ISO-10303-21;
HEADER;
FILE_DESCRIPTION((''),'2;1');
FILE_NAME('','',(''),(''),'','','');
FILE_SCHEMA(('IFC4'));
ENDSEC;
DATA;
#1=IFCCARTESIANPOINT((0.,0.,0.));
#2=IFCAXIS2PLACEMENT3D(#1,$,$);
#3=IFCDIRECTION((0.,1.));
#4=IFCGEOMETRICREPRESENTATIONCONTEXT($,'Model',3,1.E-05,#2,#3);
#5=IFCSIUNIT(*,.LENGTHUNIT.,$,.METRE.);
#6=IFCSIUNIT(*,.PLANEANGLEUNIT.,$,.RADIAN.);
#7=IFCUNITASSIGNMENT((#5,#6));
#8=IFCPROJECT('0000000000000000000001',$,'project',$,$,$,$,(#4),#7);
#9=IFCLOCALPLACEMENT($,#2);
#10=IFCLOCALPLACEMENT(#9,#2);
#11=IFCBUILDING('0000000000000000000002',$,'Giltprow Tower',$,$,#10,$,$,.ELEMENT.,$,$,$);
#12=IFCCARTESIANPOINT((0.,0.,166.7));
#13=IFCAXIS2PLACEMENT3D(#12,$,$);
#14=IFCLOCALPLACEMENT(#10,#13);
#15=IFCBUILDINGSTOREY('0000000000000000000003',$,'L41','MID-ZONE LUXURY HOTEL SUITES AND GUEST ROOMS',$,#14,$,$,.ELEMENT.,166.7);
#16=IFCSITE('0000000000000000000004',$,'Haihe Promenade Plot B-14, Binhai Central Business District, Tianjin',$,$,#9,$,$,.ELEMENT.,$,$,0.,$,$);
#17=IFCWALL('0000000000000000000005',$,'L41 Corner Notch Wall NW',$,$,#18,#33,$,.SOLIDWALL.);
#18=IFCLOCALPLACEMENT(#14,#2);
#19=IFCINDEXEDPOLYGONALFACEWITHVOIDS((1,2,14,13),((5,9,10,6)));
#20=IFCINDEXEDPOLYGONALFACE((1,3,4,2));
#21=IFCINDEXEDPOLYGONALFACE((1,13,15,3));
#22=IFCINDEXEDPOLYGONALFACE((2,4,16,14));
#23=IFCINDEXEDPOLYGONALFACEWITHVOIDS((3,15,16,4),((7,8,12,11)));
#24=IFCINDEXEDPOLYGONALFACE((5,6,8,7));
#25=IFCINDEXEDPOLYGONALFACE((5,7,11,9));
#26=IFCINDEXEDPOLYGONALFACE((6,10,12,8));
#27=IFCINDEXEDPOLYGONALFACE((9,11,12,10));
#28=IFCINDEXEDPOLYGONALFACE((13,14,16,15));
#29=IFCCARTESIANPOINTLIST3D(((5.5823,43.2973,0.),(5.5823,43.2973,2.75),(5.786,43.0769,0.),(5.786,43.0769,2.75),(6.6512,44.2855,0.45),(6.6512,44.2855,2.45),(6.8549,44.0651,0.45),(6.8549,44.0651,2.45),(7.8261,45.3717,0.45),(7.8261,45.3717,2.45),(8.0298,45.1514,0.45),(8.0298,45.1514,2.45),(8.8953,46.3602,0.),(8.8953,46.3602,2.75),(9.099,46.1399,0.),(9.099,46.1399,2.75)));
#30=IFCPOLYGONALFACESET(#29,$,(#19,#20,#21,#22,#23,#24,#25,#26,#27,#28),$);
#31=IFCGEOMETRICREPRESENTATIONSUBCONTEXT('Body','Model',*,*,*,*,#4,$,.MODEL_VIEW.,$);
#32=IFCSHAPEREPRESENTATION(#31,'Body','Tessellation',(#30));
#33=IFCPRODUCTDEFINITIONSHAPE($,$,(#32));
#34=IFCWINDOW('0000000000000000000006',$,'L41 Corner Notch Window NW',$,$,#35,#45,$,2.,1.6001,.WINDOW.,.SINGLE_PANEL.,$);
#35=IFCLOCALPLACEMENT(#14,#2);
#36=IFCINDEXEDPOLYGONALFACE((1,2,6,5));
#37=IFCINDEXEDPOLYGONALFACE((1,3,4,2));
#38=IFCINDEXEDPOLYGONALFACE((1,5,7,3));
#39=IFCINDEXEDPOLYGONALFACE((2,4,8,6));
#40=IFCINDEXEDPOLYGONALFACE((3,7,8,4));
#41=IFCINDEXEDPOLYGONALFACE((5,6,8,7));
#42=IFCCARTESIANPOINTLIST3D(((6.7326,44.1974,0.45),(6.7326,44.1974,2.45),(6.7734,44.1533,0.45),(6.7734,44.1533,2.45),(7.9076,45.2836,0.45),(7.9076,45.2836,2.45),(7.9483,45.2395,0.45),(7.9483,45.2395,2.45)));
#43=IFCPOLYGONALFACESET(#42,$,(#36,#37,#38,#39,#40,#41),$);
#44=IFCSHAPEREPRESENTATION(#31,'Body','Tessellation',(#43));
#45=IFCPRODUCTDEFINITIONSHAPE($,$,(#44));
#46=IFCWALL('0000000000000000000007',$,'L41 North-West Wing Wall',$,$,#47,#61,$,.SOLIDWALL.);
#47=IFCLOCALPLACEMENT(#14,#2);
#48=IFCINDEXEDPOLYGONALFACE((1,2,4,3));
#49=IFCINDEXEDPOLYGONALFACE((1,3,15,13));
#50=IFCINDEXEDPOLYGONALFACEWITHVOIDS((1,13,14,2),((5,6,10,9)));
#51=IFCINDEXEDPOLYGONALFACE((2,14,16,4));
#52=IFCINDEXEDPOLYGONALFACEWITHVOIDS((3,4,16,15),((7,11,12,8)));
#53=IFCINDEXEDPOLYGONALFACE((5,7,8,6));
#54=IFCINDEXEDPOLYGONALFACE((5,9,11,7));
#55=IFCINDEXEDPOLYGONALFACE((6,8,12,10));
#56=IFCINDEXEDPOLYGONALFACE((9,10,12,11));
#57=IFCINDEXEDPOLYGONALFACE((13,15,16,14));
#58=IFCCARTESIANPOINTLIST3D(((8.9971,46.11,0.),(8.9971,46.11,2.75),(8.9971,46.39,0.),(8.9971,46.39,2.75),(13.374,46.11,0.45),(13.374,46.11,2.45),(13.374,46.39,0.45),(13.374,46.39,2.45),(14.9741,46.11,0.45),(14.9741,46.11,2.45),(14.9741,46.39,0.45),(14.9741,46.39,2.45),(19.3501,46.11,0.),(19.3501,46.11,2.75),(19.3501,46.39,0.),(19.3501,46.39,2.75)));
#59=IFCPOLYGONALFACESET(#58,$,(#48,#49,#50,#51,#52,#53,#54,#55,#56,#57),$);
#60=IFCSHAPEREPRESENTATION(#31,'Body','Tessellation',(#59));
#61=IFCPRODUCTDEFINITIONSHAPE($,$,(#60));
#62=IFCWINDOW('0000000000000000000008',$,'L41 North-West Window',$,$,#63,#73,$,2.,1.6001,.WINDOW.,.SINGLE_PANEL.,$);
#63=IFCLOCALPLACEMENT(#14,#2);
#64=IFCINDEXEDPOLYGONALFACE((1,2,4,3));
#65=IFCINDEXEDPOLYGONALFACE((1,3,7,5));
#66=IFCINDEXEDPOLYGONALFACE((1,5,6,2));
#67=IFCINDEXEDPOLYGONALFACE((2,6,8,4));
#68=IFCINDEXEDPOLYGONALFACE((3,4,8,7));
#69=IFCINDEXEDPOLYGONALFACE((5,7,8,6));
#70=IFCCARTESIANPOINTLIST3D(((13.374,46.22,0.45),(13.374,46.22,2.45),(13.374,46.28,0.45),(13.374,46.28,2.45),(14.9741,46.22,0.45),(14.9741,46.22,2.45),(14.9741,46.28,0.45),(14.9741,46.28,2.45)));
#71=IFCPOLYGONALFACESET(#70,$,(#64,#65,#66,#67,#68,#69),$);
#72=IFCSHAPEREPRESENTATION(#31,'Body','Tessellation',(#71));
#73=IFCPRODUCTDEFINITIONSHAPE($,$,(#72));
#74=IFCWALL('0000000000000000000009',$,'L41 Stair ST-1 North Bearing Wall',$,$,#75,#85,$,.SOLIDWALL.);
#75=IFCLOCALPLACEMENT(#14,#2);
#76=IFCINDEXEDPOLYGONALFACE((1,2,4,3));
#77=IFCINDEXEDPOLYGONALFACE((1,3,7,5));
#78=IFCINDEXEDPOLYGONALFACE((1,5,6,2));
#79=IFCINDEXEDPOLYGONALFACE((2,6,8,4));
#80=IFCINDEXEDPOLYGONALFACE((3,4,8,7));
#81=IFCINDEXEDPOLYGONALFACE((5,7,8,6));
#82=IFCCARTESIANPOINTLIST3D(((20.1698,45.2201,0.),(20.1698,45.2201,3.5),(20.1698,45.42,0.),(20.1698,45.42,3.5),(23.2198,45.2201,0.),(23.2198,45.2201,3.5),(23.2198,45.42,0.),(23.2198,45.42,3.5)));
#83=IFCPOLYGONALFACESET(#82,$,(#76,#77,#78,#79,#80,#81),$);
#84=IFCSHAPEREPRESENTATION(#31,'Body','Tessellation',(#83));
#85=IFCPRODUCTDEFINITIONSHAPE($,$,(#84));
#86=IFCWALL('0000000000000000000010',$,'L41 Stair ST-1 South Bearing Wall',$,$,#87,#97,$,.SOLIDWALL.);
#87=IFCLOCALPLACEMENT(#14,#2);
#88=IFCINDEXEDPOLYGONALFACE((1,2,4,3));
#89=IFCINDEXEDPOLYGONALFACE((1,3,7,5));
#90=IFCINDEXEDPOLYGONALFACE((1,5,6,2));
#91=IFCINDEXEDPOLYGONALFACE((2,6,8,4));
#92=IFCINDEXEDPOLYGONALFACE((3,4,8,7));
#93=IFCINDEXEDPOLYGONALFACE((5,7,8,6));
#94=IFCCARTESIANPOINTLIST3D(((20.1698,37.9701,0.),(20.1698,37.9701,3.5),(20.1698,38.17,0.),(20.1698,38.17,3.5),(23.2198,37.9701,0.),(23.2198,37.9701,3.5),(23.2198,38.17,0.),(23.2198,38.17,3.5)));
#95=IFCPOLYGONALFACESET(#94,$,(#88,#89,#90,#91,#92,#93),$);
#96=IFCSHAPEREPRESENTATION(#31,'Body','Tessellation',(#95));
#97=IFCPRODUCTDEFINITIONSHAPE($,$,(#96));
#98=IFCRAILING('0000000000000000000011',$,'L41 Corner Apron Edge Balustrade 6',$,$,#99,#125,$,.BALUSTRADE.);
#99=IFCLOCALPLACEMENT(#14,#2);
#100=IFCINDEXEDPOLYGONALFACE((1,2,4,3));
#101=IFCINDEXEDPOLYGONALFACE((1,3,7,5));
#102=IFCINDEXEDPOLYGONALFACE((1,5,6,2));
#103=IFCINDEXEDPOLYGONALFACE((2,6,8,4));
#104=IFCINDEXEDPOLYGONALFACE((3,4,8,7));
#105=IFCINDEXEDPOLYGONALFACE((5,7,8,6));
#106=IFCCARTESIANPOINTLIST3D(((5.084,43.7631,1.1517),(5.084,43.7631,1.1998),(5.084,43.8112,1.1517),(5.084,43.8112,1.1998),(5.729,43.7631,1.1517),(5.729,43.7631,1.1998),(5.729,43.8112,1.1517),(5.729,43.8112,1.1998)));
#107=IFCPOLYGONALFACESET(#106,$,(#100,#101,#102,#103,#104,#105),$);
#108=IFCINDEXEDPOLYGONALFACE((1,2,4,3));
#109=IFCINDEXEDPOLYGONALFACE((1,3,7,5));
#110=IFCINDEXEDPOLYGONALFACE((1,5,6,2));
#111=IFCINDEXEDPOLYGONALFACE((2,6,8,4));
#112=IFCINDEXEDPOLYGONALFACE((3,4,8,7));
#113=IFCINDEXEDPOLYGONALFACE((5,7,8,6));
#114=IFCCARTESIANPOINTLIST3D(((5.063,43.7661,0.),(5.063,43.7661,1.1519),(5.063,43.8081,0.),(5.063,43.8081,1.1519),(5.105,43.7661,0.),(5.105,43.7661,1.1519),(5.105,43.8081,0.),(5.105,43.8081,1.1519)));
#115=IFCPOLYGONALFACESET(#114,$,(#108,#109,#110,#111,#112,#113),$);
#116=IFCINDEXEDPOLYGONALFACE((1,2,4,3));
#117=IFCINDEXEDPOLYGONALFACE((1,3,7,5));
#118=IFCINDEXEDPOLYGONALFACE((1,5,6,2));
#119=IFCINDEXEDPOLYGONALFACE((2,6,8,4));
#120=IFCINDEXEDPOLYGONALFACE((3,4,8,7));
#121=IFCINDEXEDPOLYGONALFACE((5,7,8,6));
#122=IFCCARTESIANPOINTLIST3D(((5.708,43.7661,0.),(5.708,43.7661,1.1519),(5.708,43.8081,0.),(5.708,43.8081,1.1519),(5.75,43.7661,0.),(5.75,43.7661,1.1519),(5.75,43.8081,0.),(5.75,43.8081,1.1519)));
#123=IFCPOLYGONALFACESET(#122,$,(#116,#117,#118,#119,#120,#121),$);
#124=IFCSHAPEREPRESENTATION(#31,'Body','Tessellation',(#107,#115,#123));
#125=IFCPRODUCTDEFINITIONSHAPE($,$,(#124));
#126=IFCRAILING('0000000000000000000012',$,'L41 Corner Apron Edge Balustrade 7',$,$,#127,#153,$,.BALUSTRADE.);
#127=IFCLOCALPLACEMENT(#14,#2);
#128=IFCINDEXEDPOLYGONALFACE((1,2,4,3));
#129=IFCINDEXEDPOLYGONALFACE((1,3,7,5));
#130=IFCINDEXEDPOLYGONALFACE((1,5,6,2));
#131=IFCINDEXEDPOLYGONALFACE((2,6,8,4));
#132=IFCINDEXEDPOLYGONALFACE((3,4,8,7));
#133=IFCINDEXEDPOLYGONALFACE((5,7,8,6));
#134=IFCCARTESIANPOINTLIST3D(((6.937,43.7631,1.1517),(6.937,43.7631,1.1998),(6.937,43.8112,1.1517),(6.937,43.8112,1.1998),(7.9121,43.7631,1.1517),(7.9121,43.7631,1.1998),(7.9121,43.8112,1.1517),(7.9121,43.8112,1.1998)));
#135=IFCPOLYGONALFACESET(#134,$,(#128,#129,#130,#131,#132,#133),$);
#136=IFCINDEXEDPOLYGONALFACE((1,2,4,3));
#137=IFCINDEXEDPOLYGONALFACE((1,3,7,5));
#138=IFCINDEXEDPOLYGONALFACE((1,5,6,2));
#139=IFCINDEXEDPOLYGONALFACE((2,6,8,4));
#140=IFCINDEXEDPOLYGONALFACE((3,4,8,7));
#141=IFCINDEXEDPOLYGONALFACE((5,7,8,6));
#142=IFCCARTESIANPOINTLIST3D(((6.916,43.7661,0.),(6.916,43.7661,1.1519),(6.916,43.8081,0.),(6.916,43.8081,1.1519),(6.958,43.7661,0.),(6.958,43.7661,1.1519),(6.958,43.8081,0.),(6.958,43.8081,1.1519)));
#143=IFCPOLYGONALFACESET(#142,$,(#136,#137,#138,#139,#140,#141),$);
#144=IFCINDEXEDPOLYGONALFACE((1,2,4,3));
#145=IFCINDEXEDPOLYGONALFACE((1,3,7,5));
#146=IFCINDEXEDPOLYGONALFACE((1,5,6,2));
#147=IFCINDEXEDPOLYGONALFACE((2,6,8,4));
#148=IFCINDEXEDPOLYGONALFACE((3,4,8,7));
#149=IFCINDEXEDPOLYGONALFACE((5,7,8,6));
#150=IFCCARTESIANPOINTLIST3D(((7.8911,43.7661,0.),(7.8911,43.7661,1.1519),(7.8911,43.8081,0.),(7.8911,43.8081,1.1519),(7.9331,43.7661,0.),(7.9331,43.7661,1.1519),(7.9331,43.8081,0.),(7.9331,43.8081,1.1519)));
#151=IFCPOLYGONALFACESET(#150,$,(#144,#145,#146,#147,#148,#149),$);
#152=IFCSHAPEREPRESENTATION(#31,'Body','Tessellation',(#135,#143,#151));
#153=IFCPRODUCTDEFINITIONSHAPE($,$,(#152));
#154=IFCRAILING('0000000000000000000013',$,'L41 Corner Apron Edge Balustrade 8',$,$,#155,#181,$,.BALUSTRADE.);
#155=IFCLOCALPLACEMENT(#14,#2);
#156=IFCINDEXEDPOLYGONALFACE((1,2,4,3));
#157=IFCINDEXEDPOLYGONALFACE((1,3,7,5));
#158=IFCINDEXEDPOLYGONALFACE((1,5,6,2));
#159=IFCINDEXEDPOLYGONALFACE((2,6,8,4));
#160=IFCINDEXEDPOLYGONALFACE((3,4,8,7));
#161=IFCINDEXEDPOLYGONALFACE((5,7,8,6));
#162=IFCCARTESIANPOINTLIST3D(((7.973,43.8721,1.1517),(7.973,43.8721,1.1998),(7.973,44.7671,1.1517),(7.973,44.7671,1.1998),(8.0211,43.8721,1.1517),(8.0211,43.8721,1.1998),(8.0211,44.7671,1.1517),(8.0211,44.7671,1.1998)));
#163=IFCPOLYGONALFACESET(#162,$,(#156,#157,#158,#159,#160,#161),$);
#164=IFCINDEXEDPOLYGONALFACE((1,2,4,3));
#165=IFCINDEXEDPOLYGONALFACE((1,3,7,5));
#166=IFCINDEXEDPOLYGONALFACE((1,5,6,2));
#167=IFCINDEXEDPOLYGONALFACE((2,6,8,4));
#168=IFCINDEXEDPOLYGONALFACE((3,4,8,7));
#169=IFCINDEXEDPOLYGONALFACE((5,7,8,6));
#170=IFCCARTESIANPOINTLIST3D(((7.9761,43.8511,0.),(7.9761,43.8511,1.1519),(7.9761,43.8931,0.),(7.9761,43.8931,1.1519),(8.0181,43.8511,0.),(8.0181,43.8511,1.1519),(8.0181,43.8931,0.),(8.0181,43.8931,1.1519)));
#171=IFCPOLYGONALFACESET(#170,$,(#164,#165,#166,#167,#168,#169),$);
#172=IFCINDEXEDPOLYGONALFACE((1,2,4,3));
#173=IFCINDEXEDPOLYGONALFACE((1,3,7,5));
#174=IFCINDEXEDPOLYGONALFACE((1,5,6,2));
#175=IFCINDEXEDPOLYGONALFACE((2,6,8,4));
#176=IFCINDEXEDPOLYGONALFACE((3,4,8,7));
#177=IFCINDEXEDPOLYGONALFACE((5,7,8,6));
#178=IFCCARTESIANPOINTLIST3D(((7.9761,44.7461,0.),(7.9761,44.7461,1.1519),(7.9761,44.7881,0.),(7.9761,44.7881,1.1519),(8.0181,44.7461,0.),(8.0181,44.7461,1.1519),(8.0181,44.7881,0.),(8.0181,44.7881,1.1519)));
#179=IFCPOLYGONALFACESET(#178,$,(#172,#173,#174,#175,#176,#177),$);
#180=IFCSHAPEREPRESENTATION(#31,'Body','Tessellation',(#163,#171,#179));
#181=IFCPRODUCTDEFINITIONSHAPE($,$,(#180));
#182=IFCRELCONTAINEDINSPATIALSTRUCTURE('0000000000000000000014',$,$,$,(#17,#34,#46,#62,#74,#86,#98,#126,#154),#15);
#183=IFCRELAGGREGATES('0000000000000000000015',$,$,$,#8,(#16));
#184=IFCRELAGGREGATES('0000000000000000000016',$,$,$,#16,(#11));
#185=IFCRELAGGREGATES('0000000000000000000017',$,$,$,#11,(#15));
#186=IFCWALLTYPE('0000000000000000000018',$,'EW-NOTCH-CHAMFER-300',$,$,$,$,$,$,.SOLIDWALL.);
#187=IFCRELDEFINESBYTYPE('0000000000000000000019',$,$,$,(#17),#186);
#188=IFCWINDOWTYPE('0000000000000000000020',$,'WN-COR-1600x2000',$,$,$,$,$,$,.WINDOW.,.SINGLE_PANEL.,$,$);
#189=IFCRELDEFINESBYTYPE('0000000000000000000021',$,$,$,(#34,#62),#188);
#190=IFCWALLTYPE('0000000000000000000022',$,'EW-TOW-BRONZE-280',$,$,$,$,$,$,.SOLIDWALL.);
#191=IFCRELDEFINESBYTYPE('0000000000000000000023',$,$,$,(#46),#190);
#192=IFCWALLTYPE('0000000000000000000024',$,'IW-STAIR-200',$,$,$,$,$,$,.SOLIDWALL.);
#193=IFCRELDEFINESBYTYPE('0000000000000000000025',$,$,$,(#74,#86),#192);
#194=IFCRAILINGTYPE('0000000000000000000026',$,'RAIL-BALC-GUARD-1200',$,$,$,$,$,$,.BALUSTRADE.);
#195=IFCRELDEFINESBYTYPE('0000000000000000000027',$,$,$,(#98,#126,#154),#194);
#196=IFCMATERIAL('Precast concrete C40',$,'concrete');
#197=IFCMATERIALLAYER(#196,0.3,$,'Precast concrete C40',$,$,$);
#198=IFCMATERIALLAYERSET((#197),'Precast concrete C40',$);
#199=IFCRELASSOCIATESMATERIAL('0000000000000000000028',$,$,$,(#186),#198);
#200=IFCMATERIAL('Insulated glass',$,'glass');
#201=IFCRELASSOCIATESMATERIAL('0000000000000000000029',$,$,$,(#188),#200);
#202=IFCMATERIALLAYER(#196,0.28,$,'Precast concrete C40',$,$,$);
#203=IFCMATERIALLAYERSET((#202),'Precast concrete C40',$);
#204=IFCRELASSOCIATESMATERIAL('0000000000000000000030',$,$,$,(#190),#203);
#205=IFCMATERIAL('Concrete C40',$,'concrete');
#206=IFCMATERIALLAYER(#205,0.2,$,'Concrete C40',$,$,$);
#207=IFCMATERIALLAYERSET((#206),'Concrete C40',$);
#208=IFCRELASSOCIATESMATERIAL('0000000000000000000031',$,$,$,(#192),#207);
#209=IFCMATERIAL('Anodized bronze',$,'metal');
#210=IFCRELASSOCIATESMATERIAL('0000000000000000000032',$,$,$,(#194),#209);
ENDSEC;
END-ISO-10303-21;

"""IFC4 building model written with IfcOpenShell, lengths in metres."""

from ifc_helpers import new_model, si_unit, direction, frame, frame_2d, origin, origin_2d, place, context, subcontext, project, spatial, rectangle, extrude, source, transform, mapped, material, layer, layer_set, type_object, element, fill, save


model = new_model("IFC4")

# Units and contexts
model_context = context("Model", 3, precision=1e-05, world=origin(), true_north=direction((0.0, 1.0)))
body_context = subcontext(model_context, "Body", "Model", "MODEL_VIEW")
ifc_project = project(units=[si_unit("LENGTHUNIT", "METRE"), si_unit("PLANEANGLEUNIT", "RADIAN")], contexts=[model_context])

# Site, building, storey
site_placement = place(None, origin())
site = spatial("IfcSite", under=ifc_project, at=site_placement, Name="Haihe Promenade Plot B-14, Binhai Central Business District, Tianjin", CompositionType="ELEMENT", RefElevation=0.0)
building_placement = place(site_placement, origin())
building = spatial("IfcBuilding", under=site, at=building_placement, Name="Giltprow Tower", CompositionType="ELEMENT")
storey_placement = place(building_placement, frame((0.0, 0.0, 166.7)))
storey = spatial("IfcBuildingStorey", under=building, at=storey_placement, Name="L41", Description="MID-ZONE LUXURY HOTEL SUITES AND GUEST ROOMS", CompositionType="ELEMENT", Elevation=166.7)

# Walls, openings, windows
ifc_material_1 = material(Name="Precast concrete C40", Category="concrete")
ifc_layer_1 = layer(ifc_material_1, 0.3, Name="Precast concrete C40")
ifc_layer_set_1 = layer_set([ifc_layer_1], Name="Precast concrete C40")
wall_type_1 = type_object("IfcWallType", Name="EW-NOTCH-CHAMFER-300", PredefinedType="SOLIDWALL", material=ifc_layer_set_1)
wall_1_placement = place(storey_placement, frame((8.9971, 46.25, 0.0), z_axis=(0.0, 0.0, 1.0), x_axis=(-0.734268, -0.67886, 0.0)))
wall_1 = element("IfcWall", 1, at=wall_1_placement, inside=storey, type_object=wall_type_1, Name="L41 Corner Notch Wall NW", PredefinedType="SOLIDWALL", context=body_context, shape_type="SweptSolid", body=[
    extrude(rectangle(XDim=4.512, YDim=0.3, at=frame_2d((2.2559, 0.0))), origin(), (0.0, 0.0, 1.0), 2.75),
])
opening_1_placement = place(wall_1_placement, frame((1.4561, 0.0, 0.45)))
opening_1 = element("IfcOpeningElement", 2, at=opening_1_placement, cuts=wall_1, PredefinedType="OPENING", context=body_context, shape_type="SweptSolid", body=[
    extrude(rectangle(XDim=1.6001, YDim=2.0, at=frame_2d((0.8, 1.0))), frame((0.0, 0.1599, 0.0), z_axis=(0.0, -1.0, 0.0), x_axis=(1.0, 0.0, 0.0)), (0.0, 0.0, 1.0), 0.3201),
])
ifc_material_2 = material(Name="Insulated glass", Category="glass")
window_type = type_object("IfcWindowType", Name="WN-COR-1600x2000", PartitioningType="SINGLE_PANEL", PredefinedType="WINDOW", material=ifc_material_2)
shared_shape_1 = source(origin(), body_context, "Body", "SweptSolid", [
    extrude(rectangle(XDim=1.6001, YDim=2.0, at=frame_2d((0.8, 1.0))), frame((0.0, 0.03, 0.0), z_axis=(0.0, -1.0, 0.0), x_axis=(1.0, 0.0, 0.0)), (0.0, 0.0, 1.0), 0.0601),
])
window_1_placement = place(opening_1_placement, origin())
window_1 = element("IfcWindow", 3, at=window_1_placement, inside=storey, type_object=window_type, Name="L41 Corner Notch Window NW", OverallHeight=2.0, OverallWidth=1.6001, PartitioningType="SINGLE_PANEL", PredefinedType="WINDOW", context=body_context, shape_type="MappedRepresentation", body=[
    mapped(shared_shape_1, transform((0.0, 0.0, 0.0), x_axis=(1.0, 0.0, 0.0), y_axis=(0.0, 1.0, 0.0), z_axis=(0.0, 0.0, 1.0), scale=1.0)),
])
fill(opening_1, window_1)
ifc_layer_2 = layer(ifc_material_1, 0.28, Name="Precast concrete C40")
ifc_layer_set_2 = layer_set([ifc_layer_2], Name="Precast concrete C40")
wall_type_2 = type_object("IfcWallType", Name="EW-TOW-BRONZE-280", PredefinedType="SOLIDWALL", material=ifc_layer_set_2)
wall_2_placement = place(storey_placement, frame((8.9971, 46.25, 0.0), z_axis=(0.0, 0.0, 1.0), x_axis=(1.0, 0.0, 0.0)))
wall_2 = element("IfcWall", 4, at=wall_2_placement, inside=storey, type_object=wall_type_2, Name="L41 North-West Wing Wall", PredefinedType="SOLIDWALL", context=body_context, shape_type="SweptSolid", body=[
    extrude(rectangle(XDim=10.353, YDim=0.28, at=frame_2d((5.1765, 0.0))), origin(), (0.0, 0.0, 1.0), 2.75),
])
opening_2_placement = place(wall_2_placement, frame((4.377, 0.0, 0.45)))
opening_2 = element("IfcOpeningElement", 5, at=opening_2_placement, cuts=wall_2, PredefinedType="OPENING", context=body_context, shape_type="SweptSolid", body=[
    extrude(rectangle(XDim=1.6001, YDim=2.0, at=frame_2d((0.8, 1.0))), frame((0.0, 0.1499, 0.0), z_axis=(0.0, -1.0, 0.0), x_axis=(1.0, 0.0, 0.0)), (0.0, 0.0, 1.0), 0.3),
])
window_2_placement = place(opening_2_placement, origin())
window_2 = element("IfcWindow", 6, at=window_2_placement, inside=storey, type_object=window_type, Name="L41 North-West Window", OverallHeight=2.0, OverallWidth=1.6001, PartitioningType="SINGLE_PANEL", PredefinedType="WINDOW", context=body_context, shape_type="MappedRepresentation", body=[
    mapped(shared_shape_1, transform((0.0, 0.0, 0.0), x_axis=(1.0, 0.0, 0.0), y_axis=(0.0, 1.0, 0.0), z_axis=(0.0, 0.0, 1.0), scale=1.0)),
])
fill(opening_2, window_2)

# Walls
ifc_material_3 = material(Name="Concrete C40", Category="concrete")
ifc_layer_3 = layer(ifc_material_3, 0.2, Name="Concrete C40")
ifc_layer_set_3 = layer_set([ifc_layer_3], Name="Concrete C40")
wall_type_3 = type_object("IfcWallType", Name="IW-STAIR-200", PredefinedType="SOLIDWALL", material=ifc_layer_set_3)
for number, where, z_axis, x_axis, name in (
    (7, (20.1699, 45.3201, 0.0), (0.0, 0.0, 1.0), (1.0, 0.0, 0.0), "L41 Stair ST-1 North Bearing Wall"),
    (8, (20.1699, 38.0701, 0.0), (0.0, 0.0, 1.0), (1.0, 0.0, 0.0), "L41 Stair ST-1 South Bearing Wall"),
):
    element("IfcWall", number, at=place(storey_placement, frame(where, z_axis=z_axis, x_axis=x_axis)), inside=storey, type_object=wall_type_3, Name=name, PredefinedType="SOLIDWALL", context=body_context, shape_type="SweptSolid", body=[
        extrude(rectangle(XDim=3.05, YDim=0.2, at=frame_2d((1.5249, 0.0))), origin(), (0.0, 0.0, 1.0), 3.5),
    ])

# Railings
ifc_material_4 = material(Name="Anodized bronze", Category="metal")
railing_type = type_object("IfcRailingType", Name="RAIL-BALC-GUARD-1200", PredefinedType="BALUSTRADE", material=ifc_material_4)
railing_1_placement = place(storey_placement, frame((5.084, 43.7871, 0.0)))
element("IfcRailing", 9, at=railing_1_placement, inside=storey, type_object=railing_type, Name="L41 Corner Apron Edge Balustrade 6", PredefinedType="BALUSTRADE", context=body_context, shape_type="SweptSolid", body=[
    extrude(rectangle(XDim=0.0481, YDim=0.0481, at=origin_2d()), frame((0.0, 0.0, 1.1758), z_axis=(1.0, 0.0, 0.0), x_axis=(0.0, 1.0, 0.0)), (0.0, 0.0, 1.0), 0.645),
    extrude(rectangle(XDim=0.042, YDim=0.042, at=origin_2d()), origin(), (0.0, 0.0, 1.0), 1.1519),
    extrude(rectangle(XDim=0.042, YDim=0.042, at=origin_2d()), frame((0.645, 0.0, 0.0)), (0.0, 0.0, 1.0), 1.1519),
])
railing_2_placement = place(storey_placement, frame((6.937, 43.7871, 0.0)))
element("IfcRailing", 10, at=railing_2_placement, inside=storey, type_object=railing_type, Name="L41 Corner Apron Edge Balustrade 7", PredefinedType="BALUSTRADE", context=body_context, shape_type="SweptSolid", body=[
    extrude(rectangle(XDim=0.0481, YDim=0.0481, at=origin_2d()), frame((0.0, 0.0, 1.1758), z_axis=(1.0, 0.0, 0.0), x_axis=(0.0, 1.0, 0.0)), (0.0, 0.0, 1.0), 0.9751),
    extrude(rectangle(XDim=0.042, YDim=0.042, at=origin_2d()), origin(), (0.0, 0.0, 1.0), 1.1519),
    extrude(rectangle(XDim=0.042, YDim=0.042, at=origin_2d()), frame((0.9751, 0.0, 0.0)), (0.0, 0.0, 1.0), 1.1519),
])
railing_3_placement = place(storey_placement, frame((7.9971, 43.8721, 0.0)))
element("IfcRailing", 11, at=railing_3_placement, inside=storey, type_object=railing_type, Name="L41 Corner Apron Edge Balustrade 8", PredefinedType="BALUSTRADE", context=body_context, shape_type="SweptSolid", body=[
    extrude(rectangle(XDim=0.0481, YDim=0.0481, at=origin_2d()), frame((0.0, 0.0, 1.1758), z_axis=(0.0, 1.0, 0.0), x_axis=(-1.0, 0.0, 0.0)), (0.0, 0.0, 1.0), 0.895),
    extrude(rectangle(XDim=0.042, YDim=0.042, at=origin_2d()), origin(), (0.0, 0.0, 1.0), 1.1519),
    extrude(rectangle(XDim=0.042, YDim=0.042, at=origin_2d()), frame((0.0, 0.895, 0.0)), (0.0, 0.0, 1.0), 1.1519),
])

save(model, "model.ifc")
